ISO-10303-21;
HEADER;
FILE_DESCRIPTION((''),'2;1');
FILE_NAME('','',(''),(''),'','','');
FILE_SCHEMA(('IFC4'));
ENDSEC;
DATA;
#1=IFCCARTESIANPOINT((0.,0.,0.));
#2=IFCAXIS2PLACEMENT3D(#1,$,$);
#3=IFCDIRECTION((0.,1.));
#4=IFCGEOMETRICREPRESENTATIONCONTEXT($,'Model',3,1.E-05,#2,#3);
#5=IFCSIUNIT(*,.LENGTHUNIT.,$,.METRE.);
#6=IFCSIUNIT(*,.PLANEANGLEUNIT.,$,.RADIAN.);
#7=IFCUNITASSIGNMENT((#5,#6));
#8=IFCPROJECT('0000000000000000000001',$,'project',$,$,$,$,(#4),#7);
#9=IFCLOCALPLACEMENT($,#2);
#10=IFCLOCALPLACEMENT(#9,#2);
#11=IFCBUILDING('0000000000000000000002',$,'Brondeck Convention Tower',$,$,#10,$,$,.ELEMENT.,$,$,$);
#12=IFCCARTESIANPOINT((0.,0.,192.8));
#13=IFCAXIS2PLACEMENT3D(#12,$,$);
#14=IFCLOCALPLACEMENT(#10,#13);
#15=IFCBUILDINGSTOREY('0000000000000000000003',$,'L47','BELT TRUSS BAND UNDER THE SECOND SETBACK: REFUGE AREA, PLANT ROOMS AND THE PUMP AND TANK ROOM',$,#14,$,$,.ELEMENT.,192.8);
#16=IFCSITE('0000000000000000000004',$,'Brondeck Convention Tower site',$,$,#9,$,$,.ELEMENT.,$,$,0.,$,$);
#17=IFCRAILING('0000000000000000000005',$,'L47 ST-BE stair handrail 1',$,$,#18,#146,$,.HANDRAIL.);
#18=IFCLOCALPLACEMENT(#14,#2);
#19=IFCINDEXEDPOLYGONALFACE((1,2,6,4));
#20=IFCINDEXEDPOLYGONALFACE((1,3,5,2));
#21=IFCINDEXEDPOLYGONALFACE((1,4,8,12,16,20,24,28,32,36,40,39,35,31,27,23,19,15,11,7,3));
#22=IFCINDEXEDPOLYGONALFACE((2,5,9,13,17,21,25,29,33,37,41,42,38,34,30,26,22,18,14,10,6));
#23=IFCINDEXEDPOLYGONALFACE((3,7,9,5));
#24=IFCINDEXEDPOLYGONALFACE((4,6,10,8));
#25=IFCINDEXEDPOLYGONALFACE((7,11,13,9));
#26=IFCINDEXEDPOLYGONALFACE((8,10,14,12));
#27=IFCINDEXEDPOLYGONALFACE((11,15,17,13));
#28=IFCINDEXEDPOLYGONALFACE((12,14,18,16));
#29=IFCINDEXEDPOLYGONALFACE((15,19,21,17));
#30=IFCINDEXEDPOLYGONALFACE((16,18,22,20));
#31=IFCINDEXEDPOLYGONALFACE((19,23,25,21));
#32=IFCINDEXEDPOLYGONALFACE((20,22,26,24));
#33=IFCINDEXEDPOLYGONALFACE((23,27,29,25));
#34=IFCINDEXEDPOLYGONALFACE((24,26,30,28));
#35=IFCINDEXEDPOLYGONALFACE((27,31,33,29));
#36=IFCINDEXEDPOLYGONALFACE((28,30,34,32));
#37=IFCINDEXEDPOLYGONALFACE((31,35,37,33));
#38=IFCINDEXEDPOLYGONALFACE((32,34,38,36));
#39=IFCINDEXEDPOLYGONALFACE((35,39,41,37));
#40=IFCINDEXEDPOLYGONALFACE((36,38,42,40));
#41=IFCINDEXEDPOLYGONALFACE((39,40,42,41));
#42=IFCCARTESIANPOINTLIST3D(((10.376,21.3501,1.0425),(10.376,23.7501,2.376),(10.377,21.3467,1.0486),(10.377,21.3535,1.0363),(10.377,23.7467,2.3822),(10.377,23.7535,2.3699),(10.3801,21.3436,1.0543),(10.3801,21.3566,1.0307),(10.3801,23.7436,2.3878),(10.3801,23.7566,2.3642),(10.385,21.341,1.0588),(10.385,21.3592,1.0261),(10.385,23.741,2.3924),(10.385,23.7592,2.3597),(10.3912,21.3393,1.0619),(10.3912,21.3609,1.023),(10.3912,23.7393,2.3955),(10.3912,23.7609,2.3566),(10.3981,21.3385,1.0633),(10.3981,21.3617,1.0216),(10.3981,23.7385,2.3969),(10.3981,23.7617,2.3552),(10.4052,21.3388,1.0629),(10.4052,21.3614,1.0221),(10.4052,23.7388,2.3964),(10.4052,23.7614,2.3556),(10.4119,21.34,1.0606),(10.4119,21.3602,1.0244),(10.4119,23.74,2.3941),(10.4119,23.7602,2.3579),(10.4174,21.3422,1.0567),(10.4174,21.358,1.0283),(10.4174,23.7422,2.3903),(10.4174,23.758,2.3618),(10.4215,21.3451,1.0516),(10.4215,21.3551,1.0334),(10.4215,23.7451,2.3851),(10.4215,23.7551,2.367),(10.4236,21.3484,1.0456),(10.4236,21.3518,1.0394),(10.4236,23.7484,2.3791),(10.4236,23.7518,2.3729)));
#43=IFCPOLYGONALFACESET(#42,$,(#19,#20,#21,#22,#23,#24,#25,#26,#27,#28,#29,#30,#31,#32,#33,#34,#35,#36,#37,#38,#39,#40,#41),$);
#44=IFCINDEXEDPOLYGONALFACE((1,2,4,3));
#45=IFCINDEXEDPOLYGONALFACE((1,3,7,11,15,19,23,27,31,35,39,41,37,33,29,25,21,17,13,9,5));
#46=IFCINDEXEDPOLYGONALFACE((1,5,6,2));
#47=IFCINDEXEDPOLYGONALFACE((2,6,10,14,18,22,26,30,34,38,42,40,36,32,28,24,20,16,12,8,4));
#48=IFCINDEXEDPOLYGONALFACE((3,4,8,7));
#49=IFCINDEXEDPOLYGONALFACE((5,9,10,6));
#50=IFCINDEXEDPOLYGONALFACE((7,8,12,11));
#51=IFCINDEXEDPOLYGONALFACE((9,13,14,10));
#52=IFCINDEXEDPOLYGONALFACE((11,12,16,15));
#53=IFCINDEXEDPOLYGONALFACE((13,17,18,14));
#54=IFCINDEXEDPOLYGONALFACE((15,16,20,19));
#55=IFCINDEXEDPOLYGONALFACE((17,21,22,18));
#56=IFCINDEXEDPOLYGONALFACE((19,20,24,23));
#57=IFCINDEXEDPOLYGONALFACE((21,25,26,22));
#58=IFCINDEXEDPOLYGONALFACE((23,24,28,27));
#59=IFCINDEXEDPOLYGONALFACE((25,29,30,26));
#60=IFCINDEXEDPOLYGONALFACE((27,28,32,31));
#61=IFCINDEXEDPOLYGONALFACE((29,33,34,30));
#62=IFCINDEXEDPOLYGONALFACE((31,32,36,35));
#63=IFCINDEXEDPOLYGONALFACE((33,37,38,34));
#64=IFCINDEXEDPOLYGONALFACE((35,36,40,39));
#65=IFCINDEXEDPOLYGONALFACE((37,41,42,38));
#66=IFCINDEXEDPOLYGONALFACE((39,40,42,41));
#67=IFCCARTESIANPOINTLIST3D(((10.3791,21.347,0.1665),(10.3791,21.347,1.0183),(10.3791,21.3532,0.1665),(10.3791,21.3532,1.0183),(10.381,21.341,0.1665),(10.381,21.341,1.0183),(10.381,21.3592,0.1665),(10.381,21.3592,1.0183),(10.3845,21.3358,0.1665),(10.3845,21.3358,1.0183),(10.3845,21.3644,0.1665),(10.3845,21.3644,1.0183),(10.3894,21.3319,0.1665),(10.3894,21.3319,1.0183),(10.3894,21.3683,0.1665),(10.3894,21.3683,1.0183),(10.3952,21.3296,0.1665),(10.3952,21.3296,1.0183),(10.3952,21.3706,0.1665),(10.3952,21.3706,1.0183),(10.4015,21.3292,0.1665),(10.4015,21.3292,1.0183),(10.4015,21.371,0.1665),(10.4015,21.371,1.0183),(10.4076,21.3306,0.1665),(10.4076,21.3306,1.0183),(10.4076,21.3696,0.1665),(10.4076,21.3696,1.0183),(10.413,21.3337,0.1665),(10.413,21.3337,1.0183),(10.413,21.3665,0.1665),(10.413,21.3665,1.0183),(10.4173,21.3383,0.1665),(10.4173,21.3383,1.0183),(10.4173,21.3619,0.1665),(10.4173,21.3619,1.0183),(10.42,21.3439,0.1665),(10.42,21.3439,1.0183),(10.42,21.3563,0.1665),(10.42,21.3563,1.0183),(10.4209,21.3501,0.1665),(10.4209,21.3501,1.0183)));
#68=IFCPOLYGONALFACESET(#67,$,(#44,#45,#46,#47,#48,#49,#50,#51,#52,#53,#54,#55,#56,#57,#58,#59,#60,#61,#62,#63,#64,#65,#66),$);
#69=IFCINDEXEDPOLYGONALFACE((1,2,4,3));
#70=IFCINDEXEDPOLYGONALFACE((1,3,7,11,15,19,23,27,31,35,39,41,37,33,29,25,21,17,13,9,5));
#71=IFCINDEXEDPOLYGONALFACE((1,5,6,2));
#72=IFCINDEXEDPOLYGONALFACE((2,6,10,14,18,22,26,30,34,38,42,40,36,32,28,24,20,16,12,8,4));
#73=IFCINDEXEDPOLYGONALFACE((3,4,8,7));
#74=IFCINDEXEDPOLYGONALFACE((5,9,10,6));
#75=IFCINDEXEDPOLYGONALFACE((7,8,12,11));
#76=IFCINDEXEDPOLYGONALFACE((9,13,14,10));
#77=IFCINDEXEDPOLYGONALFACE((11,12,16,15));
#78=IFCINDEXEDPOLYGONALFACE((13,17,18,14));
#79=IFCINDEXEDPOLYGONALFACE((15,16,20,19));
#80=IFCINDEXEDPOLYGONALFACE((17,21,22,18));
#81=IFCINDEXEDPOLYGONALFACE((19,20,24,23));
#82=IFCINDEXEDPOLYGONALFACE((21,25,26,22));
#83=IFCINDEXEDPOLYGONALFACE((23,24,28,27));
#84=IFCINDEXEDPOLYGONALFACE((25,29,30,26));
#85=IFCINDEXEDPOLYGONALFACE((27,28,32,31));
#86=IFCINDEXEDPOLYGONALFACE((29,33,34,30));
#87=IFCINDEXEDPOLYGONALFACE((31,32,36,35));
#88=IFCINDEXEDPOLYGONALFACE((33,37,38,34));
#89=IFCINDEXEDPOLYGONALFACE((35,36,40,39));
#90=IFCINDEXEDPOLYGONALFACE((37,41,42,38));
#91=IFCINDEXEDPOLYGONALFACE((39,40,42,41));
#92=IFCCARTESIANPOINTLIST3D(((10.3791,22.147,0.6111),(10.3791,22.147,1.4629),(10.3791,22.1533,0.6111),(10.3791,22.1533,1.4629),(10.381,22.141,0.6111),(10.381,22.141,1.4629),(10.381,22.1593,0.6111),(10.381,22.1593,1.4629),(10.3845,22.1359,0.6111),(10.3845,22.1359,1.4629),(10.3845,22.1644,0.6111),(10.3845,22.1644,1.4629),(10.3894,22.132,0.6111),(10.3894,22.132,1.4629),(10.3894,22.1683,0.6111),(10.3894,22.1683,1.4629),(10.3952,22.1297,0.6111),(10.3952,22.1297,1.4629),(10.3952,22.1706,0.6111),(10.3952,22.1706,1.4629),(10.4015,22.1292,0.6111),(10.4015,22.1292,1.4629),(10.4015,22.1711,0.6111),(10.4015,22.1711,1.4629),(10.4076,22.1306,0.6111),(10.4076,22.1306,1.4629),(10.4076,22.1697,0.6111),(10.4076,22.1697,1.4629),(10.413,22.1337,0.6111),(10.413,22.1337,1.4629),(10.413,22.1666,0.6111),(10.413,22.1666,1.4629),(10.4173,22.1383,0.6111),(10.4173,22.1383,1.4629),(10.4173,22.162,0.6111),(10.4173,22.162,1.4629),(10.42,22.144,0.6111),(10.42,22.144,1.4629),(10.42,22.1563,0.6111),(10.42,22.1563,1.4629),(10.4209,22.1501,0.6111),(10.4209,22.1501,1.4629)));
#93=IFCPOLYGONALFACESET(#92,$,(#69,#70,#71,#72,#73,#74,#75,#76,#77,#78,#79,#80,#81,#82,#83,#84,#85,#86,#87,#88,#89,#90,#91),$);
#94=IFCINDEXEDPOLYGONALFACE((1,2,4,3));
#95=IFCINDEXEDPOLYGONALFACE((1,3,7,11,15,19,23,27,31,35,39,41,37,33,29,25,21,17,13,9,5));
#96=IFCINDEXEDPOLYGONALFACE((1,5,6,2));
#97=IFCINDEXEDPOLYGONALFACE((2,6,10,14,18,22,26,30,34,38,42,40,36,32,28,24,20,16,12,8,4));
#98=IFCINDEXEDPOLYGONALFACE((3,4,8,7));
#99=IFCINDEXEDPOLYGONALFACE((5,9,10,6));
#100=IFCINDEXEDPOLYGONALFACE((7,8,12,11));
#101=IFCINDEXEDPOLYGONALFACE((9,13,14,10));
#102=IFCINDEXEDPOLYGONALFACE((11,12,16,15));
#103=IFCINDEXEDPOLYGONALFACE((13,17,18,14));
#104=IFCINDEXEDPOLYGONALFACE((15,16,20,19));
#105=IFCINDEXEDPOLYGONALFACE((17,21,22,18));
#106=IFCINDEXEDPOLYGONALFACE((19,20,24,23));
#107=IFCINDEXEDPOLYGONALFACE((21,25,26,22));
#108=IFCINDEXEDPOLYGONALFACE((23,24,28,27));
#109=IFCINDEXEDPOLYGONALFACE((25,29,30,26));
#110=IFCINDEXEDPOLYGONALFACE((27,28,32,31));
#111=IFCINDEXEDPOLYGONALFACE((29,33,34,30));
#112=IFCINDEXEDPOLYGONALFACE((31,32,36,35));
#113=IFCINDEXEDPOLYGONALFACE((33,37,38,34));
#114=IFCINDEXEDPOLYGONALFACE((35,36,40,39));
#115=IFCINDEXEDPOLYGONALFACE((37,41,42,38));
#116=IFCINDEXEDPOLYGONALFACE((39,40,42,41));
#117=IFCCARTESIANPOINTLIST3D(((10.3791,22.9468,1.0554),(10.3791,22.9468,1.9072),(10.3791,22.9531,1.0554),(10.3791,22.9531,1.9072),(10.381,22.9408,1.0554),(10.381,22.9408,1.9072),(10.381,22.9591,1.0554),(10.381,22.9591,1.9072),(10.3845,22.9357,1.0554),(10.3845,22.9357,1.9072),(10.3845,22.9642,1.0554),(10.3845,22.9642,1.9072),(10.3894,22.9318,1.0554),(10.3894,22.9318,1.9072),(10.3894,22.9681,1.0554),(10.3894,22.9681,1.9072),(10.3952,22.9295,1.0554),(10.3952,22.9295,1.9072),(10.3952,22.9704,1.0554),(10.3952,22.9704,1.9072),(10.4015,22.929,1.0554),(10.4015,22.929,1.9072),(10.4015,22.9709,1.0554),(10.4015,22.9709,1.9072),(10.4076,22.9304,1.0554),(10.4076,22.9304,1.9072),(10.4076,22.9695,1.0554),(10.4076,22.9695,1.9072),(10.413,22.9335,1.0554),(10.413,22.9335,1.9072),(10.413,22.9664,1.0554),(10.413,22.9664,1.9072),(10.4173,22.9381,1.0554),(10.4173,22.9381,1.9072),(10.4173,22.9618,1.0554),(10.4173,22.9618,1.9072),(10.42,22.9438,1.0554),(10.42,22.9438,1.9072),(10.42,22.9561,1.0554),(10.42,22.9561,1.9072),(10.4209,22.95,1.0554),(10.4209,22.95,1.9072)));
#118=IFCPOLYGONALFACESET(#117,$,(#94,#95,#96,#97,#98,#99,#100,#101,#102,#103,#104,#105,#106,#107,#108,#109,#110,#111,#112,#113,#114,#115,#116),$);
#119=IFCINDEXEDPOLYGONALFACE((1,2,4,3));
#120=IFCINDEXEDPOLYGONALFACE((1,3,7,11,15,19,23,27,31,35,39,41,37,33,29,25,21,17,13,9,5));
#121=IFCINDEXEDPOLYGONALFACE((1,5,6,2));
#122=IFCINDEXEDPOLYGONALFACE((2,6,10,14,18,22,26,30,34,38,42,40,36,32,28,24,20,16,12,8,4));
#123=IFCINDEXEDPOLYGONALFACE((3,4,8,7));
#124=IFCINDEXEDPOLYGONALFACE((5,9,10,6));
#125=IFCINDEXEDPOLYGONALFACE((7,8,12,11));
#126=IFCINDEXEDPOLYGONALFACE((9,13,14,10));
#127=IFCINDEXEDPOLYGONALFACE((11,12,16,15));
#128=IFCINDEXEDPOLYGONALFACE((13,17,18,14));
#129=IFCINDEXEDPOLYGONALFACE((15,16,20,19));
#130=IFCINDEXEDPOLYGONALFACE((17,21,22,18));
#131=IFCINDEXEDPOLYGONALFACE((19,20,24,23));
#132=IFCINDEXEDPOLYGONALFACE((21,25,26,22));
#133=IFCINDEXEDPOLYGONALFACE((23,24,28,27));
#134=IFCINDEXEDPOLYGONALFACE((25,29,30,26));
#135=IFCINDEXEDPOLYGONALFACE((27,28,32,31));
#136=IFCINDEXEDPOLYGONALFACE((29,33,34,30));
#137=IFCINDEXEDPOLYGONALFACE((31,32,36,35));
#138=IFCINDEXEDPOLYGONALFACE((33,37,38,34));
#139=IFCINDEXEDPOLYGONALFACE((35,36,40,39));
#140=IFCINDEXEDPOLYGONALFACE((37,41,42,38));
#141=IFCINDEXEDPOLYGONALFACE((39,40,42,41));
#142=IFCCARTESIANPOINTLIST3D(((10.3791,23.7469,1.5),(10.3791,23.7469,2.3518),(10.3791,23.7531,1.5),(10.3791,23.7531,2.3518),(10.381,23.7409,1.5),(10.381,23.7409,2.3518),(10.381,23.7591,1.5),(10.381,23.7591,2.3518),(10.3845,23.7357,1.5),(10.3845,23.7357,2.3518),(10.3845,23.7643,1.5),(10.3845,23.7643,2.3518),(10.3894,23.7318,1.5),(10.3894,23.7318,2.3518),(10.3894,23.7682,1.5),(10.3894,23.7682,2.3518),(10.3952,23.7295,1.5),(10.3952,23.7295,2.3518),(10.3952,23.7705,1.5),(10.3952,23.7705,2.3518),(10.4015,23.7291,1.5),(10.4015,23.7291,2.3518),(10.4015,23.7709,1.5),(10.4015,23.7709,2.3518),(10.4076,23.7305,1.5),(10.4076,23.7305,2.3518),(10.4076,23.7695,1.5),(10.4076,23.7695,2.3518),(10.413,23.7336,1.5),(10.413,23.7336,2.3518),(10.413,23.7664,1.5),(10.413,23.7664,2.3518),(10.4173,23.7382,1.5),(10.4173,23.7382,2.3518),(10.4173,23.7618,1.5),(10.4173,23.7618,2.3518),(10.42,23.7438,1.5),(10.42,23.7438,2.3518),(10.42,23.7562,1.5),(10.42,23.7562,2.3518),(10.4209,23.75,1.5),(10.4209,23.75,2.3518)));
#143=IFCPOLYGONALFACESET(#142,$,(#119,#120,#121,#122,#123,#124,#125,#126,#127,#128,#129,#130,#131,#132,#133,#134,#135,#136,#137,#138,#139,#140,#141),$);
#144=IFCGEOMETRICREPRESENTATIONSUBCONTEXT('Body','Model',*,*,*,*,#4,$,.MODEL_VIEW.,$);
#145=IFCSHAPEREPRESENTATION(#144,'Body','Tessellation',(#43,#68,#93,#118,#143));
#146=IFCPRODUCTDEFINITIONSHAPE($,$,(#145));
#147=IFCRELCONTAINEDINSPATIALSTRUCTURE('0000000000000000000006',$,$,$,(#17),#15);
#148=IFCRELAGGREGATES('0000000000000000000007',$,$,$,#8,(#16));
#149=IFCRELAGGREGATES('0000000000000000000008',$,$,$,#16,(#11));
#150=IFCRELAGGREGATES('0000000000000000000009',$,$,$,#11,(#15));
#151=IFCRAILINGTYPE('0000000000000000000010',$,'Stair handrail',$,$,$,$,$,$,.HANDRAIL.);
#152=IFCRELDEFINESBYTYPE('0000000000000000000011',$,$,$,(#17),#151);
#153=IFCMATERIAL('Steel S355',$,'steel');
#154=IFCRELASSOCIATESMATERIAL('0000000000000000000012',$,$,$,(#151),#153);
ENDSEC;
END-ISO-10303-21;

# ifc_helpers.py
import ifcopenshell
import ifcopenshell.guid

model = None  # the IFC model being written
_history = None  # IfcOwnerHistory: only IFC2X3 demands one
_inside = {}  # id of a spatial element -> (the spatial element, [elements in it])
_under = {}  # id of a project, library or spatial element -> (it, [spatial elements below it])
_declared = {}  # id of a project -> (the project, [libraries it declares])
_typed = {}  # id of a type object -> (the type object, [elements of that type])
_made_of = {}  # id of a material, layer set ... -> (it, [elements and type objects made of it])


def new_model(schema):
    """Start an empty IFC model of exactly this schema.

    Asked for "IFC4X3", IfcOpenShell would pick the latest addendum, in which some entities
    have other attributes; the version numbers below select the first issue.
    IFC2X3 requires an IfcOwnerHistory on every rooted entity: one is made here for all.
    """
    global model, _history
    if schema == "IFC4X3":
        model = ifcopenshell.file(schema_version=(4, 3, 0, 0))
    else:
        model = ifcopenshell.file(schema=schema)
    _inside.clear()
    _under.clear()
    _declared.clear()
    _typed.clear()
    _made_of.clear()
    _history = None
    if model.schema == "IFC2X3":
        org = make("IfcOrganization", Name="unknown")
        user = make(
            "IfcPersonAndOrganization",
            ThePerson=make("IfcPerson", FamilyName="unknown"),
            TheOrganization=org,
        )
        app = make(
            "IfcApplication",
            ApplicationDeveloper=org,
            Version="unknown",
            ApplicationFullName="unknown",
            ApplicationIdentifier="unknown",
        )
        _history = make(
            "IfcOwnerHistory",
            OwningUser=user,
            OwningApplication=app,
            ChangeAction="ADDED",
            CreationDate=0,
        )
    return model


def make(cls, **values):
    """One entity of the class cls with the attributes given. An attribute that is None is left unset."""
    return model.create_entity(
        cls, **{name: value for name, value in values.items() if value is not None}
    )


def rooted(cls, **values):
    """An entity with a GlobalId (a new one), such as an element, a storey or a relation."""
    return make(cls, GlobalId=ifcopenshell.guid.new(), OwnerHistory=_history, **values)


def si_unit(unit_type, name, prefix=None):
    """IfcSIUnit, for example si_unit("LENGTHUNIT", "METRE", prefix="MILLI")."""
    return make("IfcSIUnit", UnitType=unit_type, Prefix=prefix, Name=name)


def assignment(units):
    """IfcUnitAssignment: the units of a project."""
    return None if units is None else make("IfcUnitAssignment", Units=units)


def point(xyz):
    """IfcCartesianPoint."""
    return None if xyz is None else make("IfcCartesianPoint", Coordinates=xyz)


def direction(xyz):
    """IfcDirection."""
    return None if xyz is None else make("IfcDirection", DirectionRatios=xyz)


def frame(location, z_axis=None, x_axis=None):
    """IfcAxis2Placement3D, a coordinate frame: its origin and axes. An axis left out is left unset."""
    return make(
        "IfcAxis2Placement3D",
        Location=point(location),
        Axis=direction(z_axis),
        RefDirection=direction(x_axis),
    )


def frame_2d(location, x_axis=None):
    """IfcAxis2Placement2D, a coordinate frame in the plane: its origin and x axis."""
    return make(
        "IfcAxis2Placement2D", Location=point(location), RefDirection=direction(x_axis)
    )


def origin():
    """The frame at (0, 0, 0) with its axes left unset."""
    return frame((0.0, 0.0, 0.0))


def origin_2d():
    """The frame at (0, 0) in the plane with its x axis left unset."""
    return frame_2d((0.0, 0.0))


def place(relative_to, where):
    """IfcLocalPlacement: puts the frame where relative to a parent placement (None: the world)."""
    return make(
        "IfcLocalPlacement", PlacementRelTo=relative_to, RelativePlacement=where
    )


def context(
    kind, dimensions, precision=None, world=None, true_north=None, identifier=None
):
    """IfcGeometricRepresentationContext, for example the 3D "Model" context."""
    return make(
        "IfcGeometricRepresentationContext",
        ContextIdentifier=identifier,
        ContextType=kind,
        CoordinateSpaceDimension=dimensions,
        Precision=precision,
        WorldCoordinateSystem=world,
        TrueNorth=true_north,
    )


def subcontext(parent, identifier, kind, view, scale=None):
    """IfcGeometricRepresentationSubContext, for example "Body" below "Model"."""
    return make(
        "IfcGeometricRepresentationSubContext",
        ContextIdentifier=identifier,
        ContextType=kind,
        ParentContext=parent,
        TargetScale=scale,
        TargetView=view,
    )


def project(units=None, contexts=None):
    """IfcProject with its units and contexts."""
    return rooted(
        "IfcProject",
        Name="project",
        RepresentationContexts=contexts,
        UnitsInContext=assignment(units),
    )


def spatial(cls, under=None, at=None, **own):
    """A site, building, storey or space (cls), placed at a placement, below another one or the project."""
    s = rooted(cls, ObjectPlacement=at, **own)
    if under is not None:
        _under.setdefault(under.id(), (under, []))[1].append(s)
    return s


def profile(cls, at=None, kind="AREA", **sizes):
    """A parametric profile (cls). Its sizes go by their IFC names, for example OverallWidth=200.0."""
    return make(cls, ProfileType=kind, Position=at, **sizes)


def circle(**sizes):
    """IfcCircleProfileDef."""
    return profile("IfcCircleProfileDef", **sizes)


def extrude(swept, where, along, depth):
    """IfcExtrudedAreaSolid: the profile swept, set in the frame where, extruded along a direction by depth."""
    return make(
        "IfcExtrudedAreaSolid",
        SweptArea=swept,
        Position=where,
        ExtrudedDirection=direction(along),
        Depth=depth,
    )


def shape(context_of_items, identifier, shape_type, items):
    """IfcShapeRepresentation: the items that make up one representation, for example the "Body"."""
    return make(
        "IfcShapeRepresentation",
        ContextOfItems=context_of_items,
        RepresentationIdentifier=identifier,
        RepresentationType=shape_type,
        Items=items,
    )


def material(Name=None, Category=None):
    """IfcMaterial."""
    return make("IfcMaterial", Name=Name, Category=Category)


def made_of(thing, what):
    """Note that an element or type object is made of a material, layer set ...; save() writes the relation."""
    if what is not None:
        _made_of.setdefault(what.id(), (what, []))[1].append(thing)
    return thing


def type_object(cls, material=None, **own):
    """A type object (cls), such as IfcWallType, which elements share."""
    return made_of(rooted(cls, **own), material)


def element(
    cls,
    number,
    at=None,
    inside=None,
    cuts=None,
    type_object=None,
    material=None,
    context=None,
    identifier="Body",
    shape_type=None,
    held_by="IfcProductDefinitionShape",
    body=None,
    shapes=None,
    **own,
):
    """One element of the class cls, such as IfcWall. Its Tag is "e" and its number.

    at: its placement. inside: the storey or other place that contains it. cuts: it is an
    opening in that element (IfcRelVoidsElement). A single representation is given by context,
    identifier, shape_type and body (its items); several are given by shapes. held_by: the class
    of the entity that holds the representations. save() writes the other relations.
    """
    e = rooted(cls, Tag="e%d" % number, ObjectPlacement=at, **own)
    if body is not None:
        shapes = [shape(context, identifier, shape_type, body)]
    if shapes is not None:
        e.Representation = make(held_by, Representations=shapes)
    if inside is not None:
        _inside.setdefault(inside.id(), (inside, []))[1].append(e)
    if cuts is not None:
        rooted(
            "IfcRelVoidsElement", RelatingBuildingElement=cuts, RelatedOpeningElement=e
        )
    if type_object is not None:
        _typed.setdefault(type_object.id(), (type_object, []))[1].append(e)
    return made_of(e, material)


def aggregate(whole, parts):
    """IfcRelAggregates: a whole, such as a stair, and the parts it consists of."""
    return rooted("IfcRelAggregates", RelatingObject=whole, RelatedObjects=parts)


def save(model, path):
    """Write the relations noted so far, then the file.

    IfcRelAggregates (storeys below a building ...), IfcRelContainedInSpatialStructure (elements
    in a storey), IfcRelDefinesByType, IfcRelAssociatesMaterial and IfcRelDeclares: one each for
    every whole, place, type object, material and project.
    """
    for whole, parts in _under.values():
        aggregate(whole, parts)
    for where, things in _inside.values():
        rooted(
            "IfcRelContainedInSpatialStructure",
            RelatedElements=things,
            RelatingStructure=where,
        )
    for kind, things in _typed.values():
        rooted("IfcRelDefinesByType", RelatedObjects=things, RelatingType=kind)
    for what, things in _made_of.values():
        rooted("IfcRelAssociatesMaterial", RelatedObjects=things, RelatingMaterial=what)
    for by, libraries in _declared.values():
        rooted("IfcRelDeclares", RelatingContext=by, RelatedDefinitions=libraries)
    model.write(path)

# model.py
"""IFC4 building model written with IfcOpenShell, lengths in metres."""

from ifc_helpers import new_model, si_unit, direction, frame, origin, origin_2d, place, context, subcontext, project, spatial, circle, extrude, material, type_object, element, save


model = new_model("IFC4")

# Units and contexts
model_context = context("Model", 3, precision=1e-05, world=origin(), true_north=direction((0.0, 1.0)))
body_context = subcontext(model_context, "Body", "Model", "MODEL_VIEW")
ifc_project = project(units=[si_unit("LENGTHUNIT", "METRE"), si_unit("PLANEANGLEUNIT", "RADIAN")], contexts=[model_context])

# Site, building, storey
site_placement = place(None, origin())
site = spatial("IfcSite", under=ifc_project, at=site_placement, Name="Brondeck Convention Tower site", CompositionType="ELEMENT", RefElevation=0.0)
building_placement = place(site_placement, origin())
building = spatial("IfcBuilding", under=site, at=building_placement, Name="Brondeck Convention Tower", CompositionType="ELEMENT")
storey_placement = place(building_placement, frame((0.0, 0.0, 192.8)))
storey = spatial("IfcBuildingStorey", under=building, at=storey_placement, Name="L47", Description="BELT TRUSS BAND UNDER THE SECOND SETBACK: REFUGE AREA, PLANT ROOMS AND THE PUMP AND TANK ROOM", CompositionType="ELEMENT", Elevation=192.8)

# Shared definitions
ifc_material_1 = material(Name="Steel S355", Category="steel")

# Railing
railing_type_1 = type_object("IfcRailingType", Name="Stair handrail", PredefinedType="HANDRAIL", material=ifc_material_1)
railing_1_placement = place(storey_placement, frame((10.3999, 21.3501, 0.1665)))
element("IfcRailing", 1, at=railing_1_placement, inside=storey, type_object=railing_type_1, Name="L47 ST-BE stair handrail 1", PredefinedType="HANDRAIL", context=body_context, shape_type="SweptSolid", body=[
    extrude(circle(Radius=0.0239, at=origin_2d()), frame((0.0, 0.0, 0.876), z_axis=(0.0, 0.874124, 0.485703), x_axis=(-1.0, 0.0, 0.0)), (0.0, 0.0, 1.0), 2.7456),
    extrude(circle(Radius=0.021, at=origin_2d()), origin(), (0.0, 0.0, 1.0), 0.8518),
    extrude(circle(Radius=0.021, at=origin_2d()), frame((0.0, 0.8, 0.4446)), (0.0, 0.0, 1.0), 0.8518),
    extrude(circle(Radius=0.021, at=origin_2d()), frame((0.0, 1.5999, 0.8889)), (0.0, 0.0, 1.0), 0.8518),
    extrude(circle(Radius=0.021, at=origin_2d()), frame((0.0, 2.3999, 1.3335)), (0.0, 0.0, 1.0), 0.8518),
])

save(model, "model.ifc")
